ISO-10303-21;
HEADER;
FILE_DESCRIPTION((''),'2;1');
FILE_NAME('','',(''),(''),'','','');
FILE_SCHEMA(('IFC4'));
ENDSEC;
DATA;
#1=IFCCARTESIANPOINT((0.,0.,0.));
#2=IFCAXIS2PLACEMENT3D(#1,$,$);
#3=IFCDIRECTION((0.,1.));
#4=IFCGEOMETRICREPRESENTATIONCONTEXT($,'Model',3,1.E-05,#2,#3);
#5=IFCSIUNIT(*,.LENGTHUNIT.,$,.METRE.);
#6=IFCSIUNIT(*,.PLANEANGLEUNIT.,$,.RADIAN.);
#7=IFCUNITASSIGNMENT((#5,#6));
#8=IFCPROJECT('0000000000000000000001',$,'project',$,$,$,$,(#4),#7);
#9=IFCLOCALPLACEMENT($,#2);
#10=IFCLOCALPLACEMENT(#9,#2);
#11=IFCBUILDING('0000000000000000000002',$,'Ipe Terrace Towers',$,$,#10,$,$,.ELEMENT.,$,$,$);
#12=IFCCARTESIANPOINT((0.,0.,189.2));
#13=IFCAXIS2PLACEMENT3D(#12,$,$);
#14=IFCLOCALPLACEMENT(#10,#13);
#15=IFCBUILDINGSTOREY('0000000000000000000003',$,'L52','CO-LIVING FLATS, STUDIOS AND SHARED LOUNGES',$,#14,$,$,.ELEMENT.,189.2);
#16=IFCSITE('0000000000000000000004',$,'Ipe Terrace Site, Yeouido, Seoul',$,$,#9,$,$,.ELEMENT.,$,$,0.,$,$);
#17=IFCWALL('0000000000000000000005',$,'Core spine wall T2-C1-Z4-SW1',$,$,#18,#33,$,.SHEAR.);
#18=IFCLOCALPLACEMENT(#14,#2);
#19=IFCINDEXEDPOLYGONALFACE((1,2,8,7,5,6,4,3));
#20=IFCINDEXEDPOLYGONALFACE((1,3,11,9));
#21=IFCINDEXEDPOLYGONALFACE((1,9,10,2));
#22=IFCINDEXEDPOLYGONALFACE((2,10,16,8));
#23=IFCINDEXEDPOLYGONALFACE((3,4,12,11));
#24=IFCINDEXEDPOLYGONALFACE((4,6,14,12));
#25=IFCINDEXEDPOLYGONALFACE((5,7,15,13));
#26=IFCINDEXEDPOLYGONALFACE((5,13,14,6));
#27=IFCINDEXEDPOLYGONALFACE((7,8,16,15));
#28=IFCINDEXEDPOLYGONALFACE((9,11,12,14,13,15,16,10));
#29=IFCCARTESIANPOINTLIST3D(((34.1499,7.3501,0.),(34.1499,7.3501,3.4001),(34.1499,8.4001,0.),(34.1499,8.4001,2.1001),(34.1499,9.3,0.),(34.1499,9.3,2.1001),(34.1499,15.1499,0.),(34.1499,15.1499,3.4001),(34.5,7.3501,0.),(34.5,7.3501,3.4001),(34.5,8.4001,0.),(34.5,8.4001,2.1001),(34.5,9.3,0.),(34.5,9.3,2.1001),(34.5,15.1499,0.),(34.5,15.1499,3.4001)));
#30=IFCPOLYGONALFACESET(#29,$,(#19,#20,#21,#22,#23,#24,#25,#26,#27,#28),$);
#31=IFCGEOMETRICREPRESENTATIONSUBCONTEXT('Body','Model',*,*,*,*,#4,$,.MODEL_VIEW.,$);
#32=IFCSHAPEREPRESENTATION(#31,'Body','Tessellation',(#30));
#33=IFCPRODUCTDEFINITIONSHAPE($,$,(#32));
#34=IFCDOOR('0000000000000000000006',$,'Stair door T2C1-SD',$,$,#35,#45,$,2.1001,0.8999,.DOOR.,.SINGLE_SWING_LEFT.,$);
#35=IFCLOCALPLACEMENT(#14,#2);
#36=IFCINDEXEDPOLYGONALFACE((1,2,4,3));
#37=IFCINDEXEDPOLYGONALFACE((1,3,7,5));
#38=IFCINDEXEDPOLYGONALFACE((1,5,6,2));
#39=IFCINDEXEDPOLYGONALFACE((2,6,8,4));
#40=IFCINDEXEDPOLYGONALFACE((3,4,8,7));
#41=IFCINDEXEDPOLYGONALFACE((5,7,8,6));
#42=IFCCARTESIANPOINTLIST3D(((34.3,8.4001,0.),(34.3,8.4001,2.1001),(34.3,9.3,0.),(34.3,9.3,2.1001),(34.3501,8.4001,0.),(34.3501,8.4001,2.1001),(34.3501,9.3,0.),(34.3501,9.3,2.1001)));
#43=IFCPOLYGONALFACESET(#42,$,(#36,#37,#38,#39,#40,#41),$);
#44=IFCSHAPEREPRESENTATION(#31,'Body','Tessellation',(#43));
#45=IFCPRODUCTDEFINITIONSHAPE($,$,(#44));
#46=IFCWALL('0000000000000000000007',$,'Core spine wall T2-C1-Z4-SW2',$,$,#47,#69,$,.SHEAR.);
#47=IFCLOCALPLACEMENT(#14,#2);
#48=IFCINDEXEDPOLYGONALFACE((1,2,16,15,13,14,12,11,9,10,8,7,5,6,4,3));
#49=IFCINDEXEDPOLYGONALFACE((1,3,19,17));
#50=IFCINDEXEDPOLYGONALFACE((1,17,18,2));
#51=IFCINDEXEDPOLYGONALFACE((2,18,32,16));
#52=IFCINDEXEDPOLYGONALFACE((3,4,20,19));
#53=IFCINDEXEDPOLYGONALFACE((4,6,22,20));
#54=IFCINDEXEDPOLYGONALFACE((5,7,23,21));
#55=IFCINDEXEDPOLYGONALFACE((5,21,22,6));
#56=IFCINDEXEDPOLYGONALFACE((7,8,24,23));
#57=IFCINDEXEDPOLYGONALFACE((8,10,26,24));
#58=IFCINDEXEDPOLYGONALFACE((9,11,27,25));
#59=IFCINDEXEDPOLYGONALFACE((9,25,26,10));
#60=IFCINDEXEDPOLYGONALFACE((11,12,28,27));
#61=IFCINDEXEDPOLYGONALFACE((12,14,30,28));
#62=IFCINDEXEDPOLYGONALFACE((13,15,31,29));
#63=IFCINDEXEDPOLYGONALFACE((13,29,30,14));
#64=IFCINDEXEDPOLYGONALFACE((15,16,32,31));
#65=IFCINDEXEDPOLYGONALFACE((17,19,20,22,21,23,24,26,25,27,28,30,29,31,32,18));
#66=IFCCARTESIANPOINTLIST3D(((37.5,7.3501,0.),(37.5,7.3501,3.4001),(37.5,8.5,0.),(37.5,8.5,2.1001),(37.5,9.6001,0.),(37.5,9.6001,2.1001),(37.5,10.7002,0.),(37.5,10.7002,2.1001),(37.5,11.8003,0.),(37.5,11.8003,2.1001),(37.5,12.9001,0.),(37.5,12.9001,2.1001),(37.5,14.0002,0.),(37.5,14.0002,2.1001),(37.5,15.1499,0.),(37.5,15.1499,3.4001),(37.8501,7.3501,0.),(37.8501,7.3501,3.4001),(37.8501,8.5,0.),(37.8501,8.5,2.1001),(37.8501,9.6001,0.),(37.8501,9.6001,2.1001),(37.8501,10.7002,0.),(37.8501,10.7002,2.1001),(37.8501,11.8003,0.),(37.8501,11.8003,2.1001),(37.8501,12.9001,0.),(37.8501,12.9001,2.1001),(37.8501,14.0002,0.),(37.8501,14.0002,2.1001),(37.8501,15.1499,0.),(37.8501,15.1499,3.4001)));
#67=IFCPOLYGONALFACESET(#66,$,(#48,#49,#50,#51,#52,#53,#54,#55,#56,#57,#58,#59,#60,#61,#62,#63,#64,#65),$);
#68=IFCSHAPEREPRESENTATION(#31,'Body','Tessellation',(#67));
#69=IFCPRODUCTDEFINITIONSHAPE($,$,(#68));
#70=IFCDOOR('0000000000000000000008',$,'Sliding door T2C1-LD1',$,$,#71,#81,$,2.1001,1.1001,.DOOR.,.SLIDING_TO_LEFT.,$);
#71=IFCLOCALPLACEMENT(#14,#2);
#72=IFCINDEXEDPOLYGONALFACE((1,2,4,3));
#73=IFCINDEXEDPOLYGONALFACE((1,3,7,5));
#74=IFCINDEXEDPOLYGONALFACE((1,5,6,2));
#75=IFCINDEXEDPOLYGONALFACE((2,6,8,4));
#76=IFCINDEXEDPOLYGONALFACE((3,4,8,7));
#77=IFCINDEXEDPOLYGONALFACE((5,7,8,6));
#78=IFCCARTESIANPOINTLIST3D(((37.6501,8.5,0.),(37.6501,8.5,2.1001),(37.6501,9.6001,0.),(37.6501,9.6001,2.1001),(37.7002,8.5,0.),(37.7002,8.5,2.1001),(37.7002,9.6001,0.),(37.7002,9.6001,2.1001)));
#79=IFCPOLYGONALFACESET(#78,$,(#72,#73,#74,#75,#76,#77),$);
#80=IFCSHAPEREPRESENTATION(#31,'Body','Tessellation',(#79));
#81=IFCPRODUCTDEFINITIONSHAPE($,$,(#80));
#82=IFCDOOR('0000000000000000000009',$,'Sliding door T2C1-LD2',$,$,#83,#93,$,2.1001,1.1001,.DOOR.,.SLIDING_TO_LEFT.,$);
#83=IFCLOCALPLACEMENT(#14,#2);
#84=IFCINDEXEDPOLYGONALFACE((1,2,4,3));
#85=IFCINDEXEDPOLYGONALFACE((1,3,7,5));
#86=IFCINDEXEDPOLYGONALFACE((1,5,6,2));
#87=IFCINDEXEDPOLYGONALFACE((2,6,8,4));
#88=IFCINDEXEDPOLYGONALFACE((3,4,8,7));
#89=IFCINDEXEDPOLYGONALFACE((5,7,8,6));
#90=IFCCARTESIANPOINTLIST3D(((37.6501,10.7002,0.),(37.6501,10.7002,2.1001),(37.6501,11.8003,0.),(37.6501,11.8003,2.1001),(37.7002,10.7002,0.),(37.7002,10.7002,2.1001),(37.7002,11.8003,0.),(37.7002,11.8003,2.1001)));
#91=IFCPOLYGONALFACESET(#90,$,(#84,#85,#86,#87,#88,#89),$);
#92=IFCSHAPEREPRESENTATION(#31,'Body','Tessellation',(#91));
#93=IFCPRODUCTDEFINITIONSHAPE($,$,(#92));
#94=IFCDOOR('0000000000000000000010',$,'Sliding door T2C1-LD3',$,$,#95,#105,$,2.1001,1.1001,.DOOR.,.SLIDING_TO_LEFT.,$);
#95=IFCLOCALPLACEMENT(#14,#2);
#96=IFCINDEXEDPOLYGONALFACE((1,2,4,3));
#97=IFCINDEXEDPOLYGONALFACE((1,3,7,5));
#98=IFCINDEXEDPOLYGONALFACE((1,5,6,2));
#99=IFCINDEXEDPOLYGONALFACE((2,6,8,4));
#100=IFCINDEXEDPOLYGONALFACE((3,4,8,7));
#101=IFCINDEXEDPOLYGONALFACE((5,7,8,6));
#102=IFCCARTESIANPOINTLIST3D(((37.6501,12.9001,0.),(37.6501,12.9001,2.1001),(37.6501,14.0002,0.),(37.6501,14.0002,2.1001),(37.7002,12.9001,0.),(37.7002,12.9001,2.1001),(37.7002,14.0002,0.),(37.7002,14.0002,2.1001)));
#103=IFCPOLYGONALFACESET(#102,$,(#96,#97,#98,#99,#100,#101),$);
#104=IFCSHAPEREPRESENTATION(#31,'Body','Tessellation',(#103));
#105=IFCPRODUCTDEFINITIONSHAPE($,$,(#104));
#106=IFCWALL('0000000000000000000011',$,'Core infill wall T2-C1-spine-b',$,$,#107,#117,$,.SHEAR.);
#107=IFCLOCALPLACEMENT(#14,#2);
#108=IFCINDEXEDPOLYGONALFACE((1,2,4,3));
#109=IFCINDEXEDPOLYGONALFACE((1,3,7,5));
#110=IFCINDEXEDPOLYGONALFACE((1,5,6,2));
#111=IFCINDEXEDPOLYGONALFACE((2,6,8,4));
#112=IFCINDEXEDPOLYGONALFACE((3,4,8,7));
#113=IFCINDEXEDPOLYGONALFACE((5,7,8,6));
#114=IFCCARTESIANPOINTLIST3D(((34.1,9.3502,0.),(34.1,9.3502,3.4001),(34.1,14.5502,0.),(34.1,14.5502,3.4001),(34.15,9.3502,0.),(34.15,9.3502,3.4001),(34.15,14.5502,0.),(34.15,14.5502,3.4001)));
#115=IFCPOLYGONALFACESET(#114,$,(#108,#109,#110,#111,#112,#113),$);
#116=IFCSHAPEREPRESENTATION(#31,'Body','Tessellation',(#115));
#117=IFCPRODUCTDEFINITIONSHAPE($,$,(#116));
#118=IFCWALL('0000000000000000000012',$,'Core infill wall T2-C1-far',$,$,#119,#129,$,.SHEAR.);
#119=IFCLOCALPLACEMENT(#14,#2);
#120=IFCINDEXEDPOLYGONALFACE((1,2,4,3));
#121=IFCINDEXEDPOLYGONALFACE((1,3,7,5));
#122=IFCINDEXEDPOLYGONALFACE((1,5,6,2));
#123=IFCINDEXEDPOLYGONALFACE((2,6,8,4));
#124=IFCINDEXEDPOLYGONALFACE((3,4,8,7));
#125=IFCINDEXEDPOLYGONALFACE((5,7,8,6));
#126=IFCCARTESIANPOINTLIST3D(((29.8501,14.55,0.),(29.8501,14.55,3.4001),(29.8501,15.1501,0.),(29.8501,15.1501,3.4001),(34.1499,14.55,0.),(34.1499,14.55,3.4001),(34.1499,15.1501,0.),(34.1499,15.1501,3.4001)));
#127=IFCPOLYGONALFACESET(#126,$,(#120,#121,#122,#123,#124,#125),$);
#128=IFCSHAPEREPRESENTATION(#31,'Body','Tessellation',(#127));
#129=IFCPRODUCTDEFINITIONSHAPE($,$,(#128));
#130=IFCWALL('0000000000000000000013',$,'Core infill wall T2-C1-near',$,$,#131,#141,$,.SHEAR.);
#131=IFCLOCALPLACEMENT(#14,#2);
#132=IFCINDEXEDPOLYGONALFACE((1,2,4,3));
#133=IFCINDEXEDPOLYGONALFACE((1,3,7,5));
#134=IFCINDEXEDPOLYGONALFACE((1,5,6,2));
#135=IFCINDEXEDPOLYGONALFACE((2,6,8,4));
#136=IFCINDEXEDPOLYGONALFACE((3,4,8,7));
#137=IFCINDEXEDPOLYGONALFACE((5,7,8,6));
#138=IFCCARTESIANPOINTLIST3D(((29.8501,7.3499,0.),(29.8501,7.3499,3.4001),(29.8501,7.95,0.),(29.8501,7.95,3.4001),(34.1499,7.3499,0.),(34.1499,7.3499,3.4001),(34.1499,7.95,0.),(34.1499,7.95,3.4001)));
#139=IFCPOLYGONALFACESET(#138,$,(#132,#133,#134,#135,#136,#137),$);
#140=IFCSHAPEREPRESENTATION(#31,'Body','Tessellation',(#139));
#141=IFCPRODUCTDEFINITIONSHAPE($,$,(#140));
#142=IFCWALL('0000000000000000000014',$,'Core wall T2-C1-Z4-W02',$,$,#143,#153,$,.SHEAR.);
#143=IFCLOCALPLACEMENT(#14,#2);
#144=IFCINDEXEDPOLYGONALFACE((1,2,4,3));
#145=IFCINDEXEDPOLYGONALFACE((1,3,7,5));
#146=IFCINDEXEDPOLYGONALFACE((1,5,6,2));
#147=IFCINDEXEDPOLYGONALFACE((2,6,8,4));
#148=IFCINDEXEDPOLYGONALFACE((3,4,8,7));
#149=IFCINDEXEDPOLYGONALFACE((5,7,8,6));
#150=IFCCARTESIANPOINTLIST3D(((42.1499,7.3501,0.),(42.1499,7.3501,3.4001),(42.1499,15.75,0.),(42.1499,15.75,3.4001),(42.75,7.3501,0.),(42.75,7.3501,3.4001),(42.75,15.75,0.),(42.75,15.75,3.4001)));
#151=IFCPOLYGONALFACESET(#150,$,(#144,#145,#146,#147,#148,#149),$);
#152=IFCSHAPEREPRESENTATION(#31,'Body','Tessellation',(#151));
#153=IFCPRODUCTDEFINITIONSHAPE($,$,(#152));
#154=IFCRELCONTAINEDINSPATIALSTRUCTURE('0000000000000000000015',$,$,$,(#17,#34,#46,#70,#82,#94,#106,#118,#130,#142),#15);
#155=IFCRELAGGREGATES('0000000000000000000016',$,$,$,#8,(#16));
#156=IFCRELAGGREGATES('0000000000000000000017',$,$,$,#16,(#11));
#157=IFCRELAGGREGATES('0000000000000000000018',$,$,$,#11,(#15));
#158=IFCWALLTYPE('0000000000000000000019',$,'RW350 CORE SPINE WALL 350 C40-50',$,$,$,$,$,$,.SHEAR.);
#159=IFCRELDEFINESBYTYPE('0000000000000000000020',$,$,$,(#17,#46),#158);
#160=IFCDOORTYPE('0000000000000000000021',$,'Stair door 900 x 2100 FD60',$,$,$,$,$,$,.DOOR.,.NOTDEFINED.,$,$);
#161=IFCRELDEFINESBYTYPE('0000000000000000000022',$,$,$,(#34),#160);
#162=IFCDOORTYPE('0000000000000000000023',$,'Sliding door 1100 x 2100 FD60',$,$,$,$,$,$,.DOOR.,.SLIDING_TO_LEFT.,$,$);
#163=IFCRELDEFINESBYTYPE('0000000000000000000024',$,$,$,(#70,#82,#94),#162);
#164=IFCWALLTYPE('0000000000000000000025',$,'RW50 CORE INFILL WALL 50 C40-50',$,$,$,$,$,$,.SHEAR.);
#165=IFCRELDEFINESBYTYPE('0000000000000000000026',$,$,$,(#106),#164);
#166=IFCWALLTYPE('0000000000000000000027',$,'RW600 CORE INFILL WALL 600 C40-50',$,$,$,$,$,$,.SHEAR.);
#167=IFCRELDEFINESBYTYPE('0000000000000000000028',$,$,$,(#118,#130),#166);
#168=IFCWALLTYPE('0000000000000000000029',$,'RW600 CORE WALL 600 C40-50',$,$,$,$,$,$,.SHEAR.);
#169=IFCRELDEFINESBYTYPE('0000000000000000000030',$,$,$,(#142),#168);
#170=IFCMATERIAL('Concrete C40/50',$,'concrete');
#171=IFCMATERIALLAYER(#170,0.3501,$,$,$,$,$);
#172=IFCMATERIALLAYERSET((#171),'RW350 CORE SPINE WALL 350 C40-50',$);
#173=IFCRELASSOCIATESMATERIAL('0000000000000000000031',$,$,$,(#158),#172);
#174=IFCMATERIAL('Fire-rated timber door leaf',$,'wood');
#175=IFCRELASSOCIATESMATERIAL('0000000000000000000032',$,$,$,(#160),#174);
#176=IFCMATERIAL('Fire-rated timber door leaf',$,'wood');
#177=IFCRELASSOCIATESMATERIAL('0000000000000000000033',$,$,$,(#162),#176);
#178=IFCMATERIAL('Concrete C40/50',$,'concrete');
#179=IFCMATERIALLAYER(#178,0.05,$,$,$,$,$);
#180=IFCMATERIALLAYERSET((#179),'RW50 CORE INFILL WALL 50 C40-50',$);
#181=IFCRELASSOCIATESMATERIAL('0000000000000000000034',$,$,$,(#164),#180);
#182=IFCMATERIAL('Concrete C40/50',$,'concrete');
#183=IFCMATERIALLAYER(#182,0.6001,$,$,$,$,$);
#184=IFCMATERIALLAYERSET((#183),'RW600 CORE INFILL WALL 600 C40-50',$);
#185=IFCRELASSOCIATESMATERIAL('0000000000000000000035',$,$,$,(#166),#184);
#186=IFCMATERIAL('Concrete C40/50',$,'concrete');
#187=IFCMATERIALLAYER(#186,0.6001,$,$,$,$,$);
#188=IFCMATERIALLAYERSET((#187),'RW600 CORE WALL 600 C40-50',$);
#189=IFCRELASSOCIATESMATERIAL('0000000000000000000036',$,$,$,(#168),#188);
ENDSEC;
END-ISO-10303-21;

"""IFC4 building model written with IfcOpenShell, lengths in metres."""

from ifc_helpers import new_model, si_unit, direction, frame, frame_2d, origin, place, context, subcontext, project, spatial, rectangle, extrude, material, layer, layer_set, type_object, element, fill, save


model = new_model("IFC4")

# Units and contexts
model_context = context("Model", 3, precision=1e-05, world=origin(), true_north=direction((0.0, 1.0)))
body_context = subcontext(model_context, "Body", "Model", "MODEL_VIEW")
ifc_project = project(units=[si_unit("LENGTHUNIT", "METRE"), si_unit("PLANEANGLEUNIT", "RADIAN")], contexts=[model_context])

# Site, building, storey
site_placement = place(None, origin())
site = spatial("IfcSite", under=ifc_project, at=site_placement, Name="Ipe Terrace Site, Yeouido, Seoul", CompositionType="ELEMENT", RefElevation=0.0)
building_placement = place(site_placement, origin())
building = spatial("IfcBuilding", under=site, at=building_placement, Name="Ipe Terrace Towers", CompositionType="ELEMENT")
storey_placement = place(building_placement, frame((0.0, 0.0, 189.2)))
storey = spatial("IfcBuildingStorey", under=building, at=storey_placement, Name="L52", Description="CO-LIVING FLATS, STUDIOS AND SHARED LOUNGES", CompositionType="ELEMENT", Elevation=189.2)

# Wall, opening, door
ifc_material_1 = material(Name="Concrete C40/50", Category="concrete")
ifc_layer_1 = layer(ifc_material_1, 0.3501)
ifc_layer_set_1 = layer_set([ifc_layer_1], Name="RW350 CORE SPINE WALL 350 C40-50")
wall_type_1 = type_object("IfcWallType", Name="RW350 CORE SPINE WALL 350 C40-50", PredefinedType="SHEAR", material=ifc_layer_set_1)
wall_1_placement = place(storey_placement, frame((34.325, 7.3501, 0.0), z_axis=(0.0, 0.0, 1.0), x_axis=(0.0, 1.0, 0.0)))
wall_1 = element("IfcWall", 1, at=wall_1_placement, inside=storey, type_object=wall_type_1, Name="Core spine wall T2-C1-Z4-SW1", PredefinedType="SHEAR", context=body_context, shape_type="SweptSolid", body=[
    extrude(rectangle(XDim=7.7998, YDim=0.3501, at=frame_2d((3.8999, 0.0))), origin(), (0.0, 0.0, 1.0), 3.4001),
])
opening_1_placement = place(wall_1_placement, frame((1.05, 0.0, 0.0)))
opening_1 = element("IfcOpeningElement", 2, at=opening_1_placement, cuts=wall_1, PredefinedType="OPENING", context=body_context, shape_type="SweptSolid", body=[
    extrude(rectangle(XDim=0.8999, YDim=2.1001, at=frame_2d((0.45, 1.05))), frame((0.0, 0.1851, 0.0), z_axis=(0.0, -1.0, 0.0), x_axis=(1.0, 0.0, 0.0)), (0.0, 0.0, 1.0), 0.3701),
])
ifc_material_2 = material(Name="Fire-rated timber door leaf", Category="wood")
door_type_1 = type_object("IfcDoorType", Name="Stair door 900 x 2100 FD60", OperationType="NOTDEFINED", PredefinedType="DOOR", material=ifc_material_2)
door_1_placement = place(opening_1_placement, origin())
door_1 = element("IfcDoor", 3, at=door_1_placement, inside=storey, type_object=door_type_1, Name="Stair door T2C1-SD", OperationType="SINGLE_SWING_LEFT", OverallHeight=2.1001, OverallWidth=0.8999, PredefinedType="DOOR", context=body_context, shape_type="SweptSolid", body=[
    extrude(rectangle(XDim=0.8999, YDim=2.1001, at=frame_2d((0.45, 1.05))), frame((0.0, 0.0249, 0.0), z_axis=(0.0, -1.0, 0.0), x_axis=(1.0, 0.0, 0.0)), (0.0, 0.0, 1.0), 0.05),
])
fill(opening_1, door_1)

# Wall, openings, doors
wall_2_placement = place(storey_placement, frame((37.675, 7.3501, 0.0), z_axis=(0.0, 0.0, 1.0), x_axis=(0.0, 1.0, 0.0)))
wall_2 = element("IfcWall", 4, at=wall_2_placement, inside=storey, type_object=wall_type_1, Name="Core spine wall T2-C1-Z4-SW2", PredefinedType="SHEAR", context=body_context, shape_type="SweptSolid", body=[
    extrude(rectangle(XDim=7.7998, YDim=0.3501, at=frame_2d((3.8999, 0.0))), origin(), (0.0, 0.0, 1.0), 3.4001),
])
opening_2_placement = place(wall_2_placement, frame((1.1499, 0.0, 0.0)))
opening_2 = element("IfcOpeningElement", 5, at=opening_2_placement, cuts=wall_2, PredefinedType="OPENING", context=body_context, shape_type="SweptSolid", body=[
    extrude(rectangle(XDim=1.1001, YDim=2.1001, at=frame_2d((0.55, 1.05))), frame((0.0, 0.1851, 0.0), z_axis=(0.0, -1.0, 0.0), x_axis=(1.0, 0.0, 0.0)), (0.0, 0.0, 1.0), 0.3701),
])
opening_3_placement = place(wall_2_placement, frame((3.3501, 0.0, 0.0)))
opening_3 = element("IfcOpeningElement", 6, at=opening_3_placement, cuts=wall_2, PredefinedType="OPENING", context=body_context, shape_type="SweptSolid", body=[
    extrude(rectangle(XDim=1.1001, YDim=2.1001, at=frame_2d((0.55, 1.05))), frame((0.0, 0.1851, 0.0), z_axis=(0.0, -1.0, 0.0), x_axis=(1.0, 0.0, 0.0)), (0.0, 0.0, 1.0), 0.3701),
])
opening_4_placement = place(wall_2_placement, frame((5.55, 0.0, 0.0)))
opening_4 = element("IfcOpeningElement", 7, at=opening_4_placement, cuts=wall_2, PredefinedType="OPENING", context=body_context, shape_type="SweptSolid", body=[
    extrude(rectangle(XDim=1.1001, YDim=2.1001, at=frame_2d((0.55, 1.05))), frame((0.0, 0.1851, 0.0), z_axis=(0.0, -1.0, 0.0), x_axis=(1.0, 0.0, 0.0)), (0.0, 0.0, 1.0), 0.3701),
])
ifc_material_3 = material(Name="Fire-rated timber door leaf", Category="wood")
door_type_2 = type_object("IfcDoorType", Name="Sliding door 1100 x 2100 FD60", OperationType="SLIDING_TO_LEFT", PredefinedType="DOOR", material=ifc_material_3)
door_2_placement = place(opening_2_placement, origin())
door_2 = element("IfcDoor", 8, at=door_2_placement, inside=storey, type_object=door_type_2, Name="Sliding door T2C1-LD1", OperationType="SLIDING_TO_LEFT", OverallHeight=2.1001, OverallWidth=1.1001, PredefinedType="DOOR", context=body_context, shape_type="SweptSolid", body=[
    extrude(rectangle(XDim=1.1001, YDim=2.1001, at=frame_2d((0.55, 1.05))), frame((0.0, 0.0249, 0.0), z_axis=(0.0, -1.0, 0.0), x_axis=(1.0, 0.0, 0.0)), (0.0, 0.0, 1.0), 0.05),
])
fill(opening_2, door_2)
door_3_placement = place(opening_3_placement, origin())
door_3 = element("IfcDoor", 9, at=door_3_placement, inside=storey, type_object=door_type_2, Name="Sliding door T2C1-LD2", OperationType="SLIDING_TO_LEFT", OverallHeight=2.1001, OverallWidth=1.1001, PredefinedType="DOOR", context=body_context, shape_type="SweptSolid", body=[
    extrude(rectangle(XDim=1.1001, YDim=2.1001, at=frame_2d((0.55, 1.05))), frame((0.0, 0.0249, 0.0), z_axis=(0.0, -1.0, 0.0), x_axis=(1.0, 0.0, 0.0)), (0.0, 0.0, 1.0), 0.05),
])
fill(opening_3, door_3)
door_4_placement = place(opening_4_placement, origin())
door_4 = element("IfcDoor", 10, at=door_4_placement, inside=storey, type_object=door_type_2, Name="Sliding door T2C1-LD3", OperationType="SLIDING_TO_LEFT", OverallHeight=2.1001, OverallWidth=1.1001, PredefinedType="DOOR", context=body_context, shape_type="SweptSolid", body=[
    extrude(rectangle(XDim=1.1001, YDim=2.1001, at=frame_2d((0.55, 1.05))), frame((0.0, 0.0249, 0.0), z_axis=(0.0, -1.0, 0.0), x_axis=(1.0, 0.0, 0.0)), (0.0, 0.0, 1.0), 0.05),
])
fill(opening_4, door_4)

# Walls
ifc_material_4 = material(Name="Concrete C40/50", Category="concrete")
ifc_layer_2 = layer(ifc_material_4, 0.05)
ifc_layer_set_2 = layer_set([ifc_layer_2], Name="RW50 CORE INFILL WALL 50 C40-50")
wall_type_2 = type_object("IfcWallType", Name="RW50 CORE INFILL WALL 50 C40-50", PredefinedType="SHEAR", material=ifc_layer_set_2)
wall_3_placement = place(storey_placement, frame((34.125, 9.3501, 0.0), z_axis=(0.0, 0.0, 1.0), x_axis=(0.0, 1.0, 0.0)))
element("IfcWall", 11, at=wall_3_placement, inside=storey, type_object=wall_type_2, Name="Core infill wall T2-C1-spine-b", PredefinedType="SHEAR", context=body_context, shape_type="SweptSolid", body=[
    extrude(rectangle(XDim=5.2, YDim=0.05, at=frame_2d((2.6001, 0.0))), origin(), (0.0, 0.0, 1.0), 3.4001),
])
ifc_material_5 = material(Name="Concrete C40/50", Category="concrete")
ifc_layer_3 = layer(ifc_material_5, 0.6001)
ifc_layer_set_3 = layer_set([ifc_layer_3], Name="RW600 CORE INFILL WALL 600 C40-50")
wall_type_3 = type_object("IfcWallType", Name="RW600 CORE INFILL WALL 600 C40-50", PredefinedType="SHEAR", material=ifc_layer_set_3)
for number, where, z_axis, x_axis, name in (
    (12, (34.1499, 14.8501, 0.0), (0.0, 0.0, 1.0), (-1.0, 0.0, 0.0), "Core infill wall T2-C1-far"),
    (13, (34.1499, 7.6499, 0.0), (0.0, 0.0, 1.0), (-1.0, 0.0, 0.0), "Core infill wall T2-C1-near"),
):
    element("IfcWall", number, at=place(storey_placement, frame(where, z_axis=z_axis, x_axis=x_axis)), inside=storey, type_object=wall_type_3, Name=name, PredefinedType="SHEAR", context=body_context, shape_type="SweptSolid", body=[
        extrude(rectangle(XDim=4.2998, YDim=0.6001, at=frame_2d((2.1499, 0.0))), origin(), (0.0, 0.0, 1.0), 3.4001),
    ])
ifc_material_6 = material(Name="Concrete C40/50", Category="concrete")
ifc_layer_4 = layer(ifc_material_6, 0.6001)
ifc_layer_set_4 = layer_set([ifc_layer_4], Name="RW600 CORE WALL 600 C40-50")
wall_type_4 = type_object("IfcWallType", Name="RW600 CORE WALL 600 C40-50", PredefinedType="SHEAR", material=ifc_layer_set_4)
wall_4_placement = place(storey_placement, frame((42.45, 7.3501, 0.0), z_axis=(0.0, 0.0, 1.0), x_axis=(0.0, 1.0, 0.0)))
element("IfcWall", 14, at=wall_4_placement, inside=storey, type_object=wall_type_4, Name="Core wall T2-C1-Z4-W02", PredefinedType="SHEAR", context=body_context, shape_type="SweptSolid", body=[
    extrude(rectangle(XDim=8.3999, YDim=0.6001, at=frame_2d((4.2, 0.0))), origin(), (0.0, 0.0, 1.0), 3.4001),
])

save(model, "model.ifc")
